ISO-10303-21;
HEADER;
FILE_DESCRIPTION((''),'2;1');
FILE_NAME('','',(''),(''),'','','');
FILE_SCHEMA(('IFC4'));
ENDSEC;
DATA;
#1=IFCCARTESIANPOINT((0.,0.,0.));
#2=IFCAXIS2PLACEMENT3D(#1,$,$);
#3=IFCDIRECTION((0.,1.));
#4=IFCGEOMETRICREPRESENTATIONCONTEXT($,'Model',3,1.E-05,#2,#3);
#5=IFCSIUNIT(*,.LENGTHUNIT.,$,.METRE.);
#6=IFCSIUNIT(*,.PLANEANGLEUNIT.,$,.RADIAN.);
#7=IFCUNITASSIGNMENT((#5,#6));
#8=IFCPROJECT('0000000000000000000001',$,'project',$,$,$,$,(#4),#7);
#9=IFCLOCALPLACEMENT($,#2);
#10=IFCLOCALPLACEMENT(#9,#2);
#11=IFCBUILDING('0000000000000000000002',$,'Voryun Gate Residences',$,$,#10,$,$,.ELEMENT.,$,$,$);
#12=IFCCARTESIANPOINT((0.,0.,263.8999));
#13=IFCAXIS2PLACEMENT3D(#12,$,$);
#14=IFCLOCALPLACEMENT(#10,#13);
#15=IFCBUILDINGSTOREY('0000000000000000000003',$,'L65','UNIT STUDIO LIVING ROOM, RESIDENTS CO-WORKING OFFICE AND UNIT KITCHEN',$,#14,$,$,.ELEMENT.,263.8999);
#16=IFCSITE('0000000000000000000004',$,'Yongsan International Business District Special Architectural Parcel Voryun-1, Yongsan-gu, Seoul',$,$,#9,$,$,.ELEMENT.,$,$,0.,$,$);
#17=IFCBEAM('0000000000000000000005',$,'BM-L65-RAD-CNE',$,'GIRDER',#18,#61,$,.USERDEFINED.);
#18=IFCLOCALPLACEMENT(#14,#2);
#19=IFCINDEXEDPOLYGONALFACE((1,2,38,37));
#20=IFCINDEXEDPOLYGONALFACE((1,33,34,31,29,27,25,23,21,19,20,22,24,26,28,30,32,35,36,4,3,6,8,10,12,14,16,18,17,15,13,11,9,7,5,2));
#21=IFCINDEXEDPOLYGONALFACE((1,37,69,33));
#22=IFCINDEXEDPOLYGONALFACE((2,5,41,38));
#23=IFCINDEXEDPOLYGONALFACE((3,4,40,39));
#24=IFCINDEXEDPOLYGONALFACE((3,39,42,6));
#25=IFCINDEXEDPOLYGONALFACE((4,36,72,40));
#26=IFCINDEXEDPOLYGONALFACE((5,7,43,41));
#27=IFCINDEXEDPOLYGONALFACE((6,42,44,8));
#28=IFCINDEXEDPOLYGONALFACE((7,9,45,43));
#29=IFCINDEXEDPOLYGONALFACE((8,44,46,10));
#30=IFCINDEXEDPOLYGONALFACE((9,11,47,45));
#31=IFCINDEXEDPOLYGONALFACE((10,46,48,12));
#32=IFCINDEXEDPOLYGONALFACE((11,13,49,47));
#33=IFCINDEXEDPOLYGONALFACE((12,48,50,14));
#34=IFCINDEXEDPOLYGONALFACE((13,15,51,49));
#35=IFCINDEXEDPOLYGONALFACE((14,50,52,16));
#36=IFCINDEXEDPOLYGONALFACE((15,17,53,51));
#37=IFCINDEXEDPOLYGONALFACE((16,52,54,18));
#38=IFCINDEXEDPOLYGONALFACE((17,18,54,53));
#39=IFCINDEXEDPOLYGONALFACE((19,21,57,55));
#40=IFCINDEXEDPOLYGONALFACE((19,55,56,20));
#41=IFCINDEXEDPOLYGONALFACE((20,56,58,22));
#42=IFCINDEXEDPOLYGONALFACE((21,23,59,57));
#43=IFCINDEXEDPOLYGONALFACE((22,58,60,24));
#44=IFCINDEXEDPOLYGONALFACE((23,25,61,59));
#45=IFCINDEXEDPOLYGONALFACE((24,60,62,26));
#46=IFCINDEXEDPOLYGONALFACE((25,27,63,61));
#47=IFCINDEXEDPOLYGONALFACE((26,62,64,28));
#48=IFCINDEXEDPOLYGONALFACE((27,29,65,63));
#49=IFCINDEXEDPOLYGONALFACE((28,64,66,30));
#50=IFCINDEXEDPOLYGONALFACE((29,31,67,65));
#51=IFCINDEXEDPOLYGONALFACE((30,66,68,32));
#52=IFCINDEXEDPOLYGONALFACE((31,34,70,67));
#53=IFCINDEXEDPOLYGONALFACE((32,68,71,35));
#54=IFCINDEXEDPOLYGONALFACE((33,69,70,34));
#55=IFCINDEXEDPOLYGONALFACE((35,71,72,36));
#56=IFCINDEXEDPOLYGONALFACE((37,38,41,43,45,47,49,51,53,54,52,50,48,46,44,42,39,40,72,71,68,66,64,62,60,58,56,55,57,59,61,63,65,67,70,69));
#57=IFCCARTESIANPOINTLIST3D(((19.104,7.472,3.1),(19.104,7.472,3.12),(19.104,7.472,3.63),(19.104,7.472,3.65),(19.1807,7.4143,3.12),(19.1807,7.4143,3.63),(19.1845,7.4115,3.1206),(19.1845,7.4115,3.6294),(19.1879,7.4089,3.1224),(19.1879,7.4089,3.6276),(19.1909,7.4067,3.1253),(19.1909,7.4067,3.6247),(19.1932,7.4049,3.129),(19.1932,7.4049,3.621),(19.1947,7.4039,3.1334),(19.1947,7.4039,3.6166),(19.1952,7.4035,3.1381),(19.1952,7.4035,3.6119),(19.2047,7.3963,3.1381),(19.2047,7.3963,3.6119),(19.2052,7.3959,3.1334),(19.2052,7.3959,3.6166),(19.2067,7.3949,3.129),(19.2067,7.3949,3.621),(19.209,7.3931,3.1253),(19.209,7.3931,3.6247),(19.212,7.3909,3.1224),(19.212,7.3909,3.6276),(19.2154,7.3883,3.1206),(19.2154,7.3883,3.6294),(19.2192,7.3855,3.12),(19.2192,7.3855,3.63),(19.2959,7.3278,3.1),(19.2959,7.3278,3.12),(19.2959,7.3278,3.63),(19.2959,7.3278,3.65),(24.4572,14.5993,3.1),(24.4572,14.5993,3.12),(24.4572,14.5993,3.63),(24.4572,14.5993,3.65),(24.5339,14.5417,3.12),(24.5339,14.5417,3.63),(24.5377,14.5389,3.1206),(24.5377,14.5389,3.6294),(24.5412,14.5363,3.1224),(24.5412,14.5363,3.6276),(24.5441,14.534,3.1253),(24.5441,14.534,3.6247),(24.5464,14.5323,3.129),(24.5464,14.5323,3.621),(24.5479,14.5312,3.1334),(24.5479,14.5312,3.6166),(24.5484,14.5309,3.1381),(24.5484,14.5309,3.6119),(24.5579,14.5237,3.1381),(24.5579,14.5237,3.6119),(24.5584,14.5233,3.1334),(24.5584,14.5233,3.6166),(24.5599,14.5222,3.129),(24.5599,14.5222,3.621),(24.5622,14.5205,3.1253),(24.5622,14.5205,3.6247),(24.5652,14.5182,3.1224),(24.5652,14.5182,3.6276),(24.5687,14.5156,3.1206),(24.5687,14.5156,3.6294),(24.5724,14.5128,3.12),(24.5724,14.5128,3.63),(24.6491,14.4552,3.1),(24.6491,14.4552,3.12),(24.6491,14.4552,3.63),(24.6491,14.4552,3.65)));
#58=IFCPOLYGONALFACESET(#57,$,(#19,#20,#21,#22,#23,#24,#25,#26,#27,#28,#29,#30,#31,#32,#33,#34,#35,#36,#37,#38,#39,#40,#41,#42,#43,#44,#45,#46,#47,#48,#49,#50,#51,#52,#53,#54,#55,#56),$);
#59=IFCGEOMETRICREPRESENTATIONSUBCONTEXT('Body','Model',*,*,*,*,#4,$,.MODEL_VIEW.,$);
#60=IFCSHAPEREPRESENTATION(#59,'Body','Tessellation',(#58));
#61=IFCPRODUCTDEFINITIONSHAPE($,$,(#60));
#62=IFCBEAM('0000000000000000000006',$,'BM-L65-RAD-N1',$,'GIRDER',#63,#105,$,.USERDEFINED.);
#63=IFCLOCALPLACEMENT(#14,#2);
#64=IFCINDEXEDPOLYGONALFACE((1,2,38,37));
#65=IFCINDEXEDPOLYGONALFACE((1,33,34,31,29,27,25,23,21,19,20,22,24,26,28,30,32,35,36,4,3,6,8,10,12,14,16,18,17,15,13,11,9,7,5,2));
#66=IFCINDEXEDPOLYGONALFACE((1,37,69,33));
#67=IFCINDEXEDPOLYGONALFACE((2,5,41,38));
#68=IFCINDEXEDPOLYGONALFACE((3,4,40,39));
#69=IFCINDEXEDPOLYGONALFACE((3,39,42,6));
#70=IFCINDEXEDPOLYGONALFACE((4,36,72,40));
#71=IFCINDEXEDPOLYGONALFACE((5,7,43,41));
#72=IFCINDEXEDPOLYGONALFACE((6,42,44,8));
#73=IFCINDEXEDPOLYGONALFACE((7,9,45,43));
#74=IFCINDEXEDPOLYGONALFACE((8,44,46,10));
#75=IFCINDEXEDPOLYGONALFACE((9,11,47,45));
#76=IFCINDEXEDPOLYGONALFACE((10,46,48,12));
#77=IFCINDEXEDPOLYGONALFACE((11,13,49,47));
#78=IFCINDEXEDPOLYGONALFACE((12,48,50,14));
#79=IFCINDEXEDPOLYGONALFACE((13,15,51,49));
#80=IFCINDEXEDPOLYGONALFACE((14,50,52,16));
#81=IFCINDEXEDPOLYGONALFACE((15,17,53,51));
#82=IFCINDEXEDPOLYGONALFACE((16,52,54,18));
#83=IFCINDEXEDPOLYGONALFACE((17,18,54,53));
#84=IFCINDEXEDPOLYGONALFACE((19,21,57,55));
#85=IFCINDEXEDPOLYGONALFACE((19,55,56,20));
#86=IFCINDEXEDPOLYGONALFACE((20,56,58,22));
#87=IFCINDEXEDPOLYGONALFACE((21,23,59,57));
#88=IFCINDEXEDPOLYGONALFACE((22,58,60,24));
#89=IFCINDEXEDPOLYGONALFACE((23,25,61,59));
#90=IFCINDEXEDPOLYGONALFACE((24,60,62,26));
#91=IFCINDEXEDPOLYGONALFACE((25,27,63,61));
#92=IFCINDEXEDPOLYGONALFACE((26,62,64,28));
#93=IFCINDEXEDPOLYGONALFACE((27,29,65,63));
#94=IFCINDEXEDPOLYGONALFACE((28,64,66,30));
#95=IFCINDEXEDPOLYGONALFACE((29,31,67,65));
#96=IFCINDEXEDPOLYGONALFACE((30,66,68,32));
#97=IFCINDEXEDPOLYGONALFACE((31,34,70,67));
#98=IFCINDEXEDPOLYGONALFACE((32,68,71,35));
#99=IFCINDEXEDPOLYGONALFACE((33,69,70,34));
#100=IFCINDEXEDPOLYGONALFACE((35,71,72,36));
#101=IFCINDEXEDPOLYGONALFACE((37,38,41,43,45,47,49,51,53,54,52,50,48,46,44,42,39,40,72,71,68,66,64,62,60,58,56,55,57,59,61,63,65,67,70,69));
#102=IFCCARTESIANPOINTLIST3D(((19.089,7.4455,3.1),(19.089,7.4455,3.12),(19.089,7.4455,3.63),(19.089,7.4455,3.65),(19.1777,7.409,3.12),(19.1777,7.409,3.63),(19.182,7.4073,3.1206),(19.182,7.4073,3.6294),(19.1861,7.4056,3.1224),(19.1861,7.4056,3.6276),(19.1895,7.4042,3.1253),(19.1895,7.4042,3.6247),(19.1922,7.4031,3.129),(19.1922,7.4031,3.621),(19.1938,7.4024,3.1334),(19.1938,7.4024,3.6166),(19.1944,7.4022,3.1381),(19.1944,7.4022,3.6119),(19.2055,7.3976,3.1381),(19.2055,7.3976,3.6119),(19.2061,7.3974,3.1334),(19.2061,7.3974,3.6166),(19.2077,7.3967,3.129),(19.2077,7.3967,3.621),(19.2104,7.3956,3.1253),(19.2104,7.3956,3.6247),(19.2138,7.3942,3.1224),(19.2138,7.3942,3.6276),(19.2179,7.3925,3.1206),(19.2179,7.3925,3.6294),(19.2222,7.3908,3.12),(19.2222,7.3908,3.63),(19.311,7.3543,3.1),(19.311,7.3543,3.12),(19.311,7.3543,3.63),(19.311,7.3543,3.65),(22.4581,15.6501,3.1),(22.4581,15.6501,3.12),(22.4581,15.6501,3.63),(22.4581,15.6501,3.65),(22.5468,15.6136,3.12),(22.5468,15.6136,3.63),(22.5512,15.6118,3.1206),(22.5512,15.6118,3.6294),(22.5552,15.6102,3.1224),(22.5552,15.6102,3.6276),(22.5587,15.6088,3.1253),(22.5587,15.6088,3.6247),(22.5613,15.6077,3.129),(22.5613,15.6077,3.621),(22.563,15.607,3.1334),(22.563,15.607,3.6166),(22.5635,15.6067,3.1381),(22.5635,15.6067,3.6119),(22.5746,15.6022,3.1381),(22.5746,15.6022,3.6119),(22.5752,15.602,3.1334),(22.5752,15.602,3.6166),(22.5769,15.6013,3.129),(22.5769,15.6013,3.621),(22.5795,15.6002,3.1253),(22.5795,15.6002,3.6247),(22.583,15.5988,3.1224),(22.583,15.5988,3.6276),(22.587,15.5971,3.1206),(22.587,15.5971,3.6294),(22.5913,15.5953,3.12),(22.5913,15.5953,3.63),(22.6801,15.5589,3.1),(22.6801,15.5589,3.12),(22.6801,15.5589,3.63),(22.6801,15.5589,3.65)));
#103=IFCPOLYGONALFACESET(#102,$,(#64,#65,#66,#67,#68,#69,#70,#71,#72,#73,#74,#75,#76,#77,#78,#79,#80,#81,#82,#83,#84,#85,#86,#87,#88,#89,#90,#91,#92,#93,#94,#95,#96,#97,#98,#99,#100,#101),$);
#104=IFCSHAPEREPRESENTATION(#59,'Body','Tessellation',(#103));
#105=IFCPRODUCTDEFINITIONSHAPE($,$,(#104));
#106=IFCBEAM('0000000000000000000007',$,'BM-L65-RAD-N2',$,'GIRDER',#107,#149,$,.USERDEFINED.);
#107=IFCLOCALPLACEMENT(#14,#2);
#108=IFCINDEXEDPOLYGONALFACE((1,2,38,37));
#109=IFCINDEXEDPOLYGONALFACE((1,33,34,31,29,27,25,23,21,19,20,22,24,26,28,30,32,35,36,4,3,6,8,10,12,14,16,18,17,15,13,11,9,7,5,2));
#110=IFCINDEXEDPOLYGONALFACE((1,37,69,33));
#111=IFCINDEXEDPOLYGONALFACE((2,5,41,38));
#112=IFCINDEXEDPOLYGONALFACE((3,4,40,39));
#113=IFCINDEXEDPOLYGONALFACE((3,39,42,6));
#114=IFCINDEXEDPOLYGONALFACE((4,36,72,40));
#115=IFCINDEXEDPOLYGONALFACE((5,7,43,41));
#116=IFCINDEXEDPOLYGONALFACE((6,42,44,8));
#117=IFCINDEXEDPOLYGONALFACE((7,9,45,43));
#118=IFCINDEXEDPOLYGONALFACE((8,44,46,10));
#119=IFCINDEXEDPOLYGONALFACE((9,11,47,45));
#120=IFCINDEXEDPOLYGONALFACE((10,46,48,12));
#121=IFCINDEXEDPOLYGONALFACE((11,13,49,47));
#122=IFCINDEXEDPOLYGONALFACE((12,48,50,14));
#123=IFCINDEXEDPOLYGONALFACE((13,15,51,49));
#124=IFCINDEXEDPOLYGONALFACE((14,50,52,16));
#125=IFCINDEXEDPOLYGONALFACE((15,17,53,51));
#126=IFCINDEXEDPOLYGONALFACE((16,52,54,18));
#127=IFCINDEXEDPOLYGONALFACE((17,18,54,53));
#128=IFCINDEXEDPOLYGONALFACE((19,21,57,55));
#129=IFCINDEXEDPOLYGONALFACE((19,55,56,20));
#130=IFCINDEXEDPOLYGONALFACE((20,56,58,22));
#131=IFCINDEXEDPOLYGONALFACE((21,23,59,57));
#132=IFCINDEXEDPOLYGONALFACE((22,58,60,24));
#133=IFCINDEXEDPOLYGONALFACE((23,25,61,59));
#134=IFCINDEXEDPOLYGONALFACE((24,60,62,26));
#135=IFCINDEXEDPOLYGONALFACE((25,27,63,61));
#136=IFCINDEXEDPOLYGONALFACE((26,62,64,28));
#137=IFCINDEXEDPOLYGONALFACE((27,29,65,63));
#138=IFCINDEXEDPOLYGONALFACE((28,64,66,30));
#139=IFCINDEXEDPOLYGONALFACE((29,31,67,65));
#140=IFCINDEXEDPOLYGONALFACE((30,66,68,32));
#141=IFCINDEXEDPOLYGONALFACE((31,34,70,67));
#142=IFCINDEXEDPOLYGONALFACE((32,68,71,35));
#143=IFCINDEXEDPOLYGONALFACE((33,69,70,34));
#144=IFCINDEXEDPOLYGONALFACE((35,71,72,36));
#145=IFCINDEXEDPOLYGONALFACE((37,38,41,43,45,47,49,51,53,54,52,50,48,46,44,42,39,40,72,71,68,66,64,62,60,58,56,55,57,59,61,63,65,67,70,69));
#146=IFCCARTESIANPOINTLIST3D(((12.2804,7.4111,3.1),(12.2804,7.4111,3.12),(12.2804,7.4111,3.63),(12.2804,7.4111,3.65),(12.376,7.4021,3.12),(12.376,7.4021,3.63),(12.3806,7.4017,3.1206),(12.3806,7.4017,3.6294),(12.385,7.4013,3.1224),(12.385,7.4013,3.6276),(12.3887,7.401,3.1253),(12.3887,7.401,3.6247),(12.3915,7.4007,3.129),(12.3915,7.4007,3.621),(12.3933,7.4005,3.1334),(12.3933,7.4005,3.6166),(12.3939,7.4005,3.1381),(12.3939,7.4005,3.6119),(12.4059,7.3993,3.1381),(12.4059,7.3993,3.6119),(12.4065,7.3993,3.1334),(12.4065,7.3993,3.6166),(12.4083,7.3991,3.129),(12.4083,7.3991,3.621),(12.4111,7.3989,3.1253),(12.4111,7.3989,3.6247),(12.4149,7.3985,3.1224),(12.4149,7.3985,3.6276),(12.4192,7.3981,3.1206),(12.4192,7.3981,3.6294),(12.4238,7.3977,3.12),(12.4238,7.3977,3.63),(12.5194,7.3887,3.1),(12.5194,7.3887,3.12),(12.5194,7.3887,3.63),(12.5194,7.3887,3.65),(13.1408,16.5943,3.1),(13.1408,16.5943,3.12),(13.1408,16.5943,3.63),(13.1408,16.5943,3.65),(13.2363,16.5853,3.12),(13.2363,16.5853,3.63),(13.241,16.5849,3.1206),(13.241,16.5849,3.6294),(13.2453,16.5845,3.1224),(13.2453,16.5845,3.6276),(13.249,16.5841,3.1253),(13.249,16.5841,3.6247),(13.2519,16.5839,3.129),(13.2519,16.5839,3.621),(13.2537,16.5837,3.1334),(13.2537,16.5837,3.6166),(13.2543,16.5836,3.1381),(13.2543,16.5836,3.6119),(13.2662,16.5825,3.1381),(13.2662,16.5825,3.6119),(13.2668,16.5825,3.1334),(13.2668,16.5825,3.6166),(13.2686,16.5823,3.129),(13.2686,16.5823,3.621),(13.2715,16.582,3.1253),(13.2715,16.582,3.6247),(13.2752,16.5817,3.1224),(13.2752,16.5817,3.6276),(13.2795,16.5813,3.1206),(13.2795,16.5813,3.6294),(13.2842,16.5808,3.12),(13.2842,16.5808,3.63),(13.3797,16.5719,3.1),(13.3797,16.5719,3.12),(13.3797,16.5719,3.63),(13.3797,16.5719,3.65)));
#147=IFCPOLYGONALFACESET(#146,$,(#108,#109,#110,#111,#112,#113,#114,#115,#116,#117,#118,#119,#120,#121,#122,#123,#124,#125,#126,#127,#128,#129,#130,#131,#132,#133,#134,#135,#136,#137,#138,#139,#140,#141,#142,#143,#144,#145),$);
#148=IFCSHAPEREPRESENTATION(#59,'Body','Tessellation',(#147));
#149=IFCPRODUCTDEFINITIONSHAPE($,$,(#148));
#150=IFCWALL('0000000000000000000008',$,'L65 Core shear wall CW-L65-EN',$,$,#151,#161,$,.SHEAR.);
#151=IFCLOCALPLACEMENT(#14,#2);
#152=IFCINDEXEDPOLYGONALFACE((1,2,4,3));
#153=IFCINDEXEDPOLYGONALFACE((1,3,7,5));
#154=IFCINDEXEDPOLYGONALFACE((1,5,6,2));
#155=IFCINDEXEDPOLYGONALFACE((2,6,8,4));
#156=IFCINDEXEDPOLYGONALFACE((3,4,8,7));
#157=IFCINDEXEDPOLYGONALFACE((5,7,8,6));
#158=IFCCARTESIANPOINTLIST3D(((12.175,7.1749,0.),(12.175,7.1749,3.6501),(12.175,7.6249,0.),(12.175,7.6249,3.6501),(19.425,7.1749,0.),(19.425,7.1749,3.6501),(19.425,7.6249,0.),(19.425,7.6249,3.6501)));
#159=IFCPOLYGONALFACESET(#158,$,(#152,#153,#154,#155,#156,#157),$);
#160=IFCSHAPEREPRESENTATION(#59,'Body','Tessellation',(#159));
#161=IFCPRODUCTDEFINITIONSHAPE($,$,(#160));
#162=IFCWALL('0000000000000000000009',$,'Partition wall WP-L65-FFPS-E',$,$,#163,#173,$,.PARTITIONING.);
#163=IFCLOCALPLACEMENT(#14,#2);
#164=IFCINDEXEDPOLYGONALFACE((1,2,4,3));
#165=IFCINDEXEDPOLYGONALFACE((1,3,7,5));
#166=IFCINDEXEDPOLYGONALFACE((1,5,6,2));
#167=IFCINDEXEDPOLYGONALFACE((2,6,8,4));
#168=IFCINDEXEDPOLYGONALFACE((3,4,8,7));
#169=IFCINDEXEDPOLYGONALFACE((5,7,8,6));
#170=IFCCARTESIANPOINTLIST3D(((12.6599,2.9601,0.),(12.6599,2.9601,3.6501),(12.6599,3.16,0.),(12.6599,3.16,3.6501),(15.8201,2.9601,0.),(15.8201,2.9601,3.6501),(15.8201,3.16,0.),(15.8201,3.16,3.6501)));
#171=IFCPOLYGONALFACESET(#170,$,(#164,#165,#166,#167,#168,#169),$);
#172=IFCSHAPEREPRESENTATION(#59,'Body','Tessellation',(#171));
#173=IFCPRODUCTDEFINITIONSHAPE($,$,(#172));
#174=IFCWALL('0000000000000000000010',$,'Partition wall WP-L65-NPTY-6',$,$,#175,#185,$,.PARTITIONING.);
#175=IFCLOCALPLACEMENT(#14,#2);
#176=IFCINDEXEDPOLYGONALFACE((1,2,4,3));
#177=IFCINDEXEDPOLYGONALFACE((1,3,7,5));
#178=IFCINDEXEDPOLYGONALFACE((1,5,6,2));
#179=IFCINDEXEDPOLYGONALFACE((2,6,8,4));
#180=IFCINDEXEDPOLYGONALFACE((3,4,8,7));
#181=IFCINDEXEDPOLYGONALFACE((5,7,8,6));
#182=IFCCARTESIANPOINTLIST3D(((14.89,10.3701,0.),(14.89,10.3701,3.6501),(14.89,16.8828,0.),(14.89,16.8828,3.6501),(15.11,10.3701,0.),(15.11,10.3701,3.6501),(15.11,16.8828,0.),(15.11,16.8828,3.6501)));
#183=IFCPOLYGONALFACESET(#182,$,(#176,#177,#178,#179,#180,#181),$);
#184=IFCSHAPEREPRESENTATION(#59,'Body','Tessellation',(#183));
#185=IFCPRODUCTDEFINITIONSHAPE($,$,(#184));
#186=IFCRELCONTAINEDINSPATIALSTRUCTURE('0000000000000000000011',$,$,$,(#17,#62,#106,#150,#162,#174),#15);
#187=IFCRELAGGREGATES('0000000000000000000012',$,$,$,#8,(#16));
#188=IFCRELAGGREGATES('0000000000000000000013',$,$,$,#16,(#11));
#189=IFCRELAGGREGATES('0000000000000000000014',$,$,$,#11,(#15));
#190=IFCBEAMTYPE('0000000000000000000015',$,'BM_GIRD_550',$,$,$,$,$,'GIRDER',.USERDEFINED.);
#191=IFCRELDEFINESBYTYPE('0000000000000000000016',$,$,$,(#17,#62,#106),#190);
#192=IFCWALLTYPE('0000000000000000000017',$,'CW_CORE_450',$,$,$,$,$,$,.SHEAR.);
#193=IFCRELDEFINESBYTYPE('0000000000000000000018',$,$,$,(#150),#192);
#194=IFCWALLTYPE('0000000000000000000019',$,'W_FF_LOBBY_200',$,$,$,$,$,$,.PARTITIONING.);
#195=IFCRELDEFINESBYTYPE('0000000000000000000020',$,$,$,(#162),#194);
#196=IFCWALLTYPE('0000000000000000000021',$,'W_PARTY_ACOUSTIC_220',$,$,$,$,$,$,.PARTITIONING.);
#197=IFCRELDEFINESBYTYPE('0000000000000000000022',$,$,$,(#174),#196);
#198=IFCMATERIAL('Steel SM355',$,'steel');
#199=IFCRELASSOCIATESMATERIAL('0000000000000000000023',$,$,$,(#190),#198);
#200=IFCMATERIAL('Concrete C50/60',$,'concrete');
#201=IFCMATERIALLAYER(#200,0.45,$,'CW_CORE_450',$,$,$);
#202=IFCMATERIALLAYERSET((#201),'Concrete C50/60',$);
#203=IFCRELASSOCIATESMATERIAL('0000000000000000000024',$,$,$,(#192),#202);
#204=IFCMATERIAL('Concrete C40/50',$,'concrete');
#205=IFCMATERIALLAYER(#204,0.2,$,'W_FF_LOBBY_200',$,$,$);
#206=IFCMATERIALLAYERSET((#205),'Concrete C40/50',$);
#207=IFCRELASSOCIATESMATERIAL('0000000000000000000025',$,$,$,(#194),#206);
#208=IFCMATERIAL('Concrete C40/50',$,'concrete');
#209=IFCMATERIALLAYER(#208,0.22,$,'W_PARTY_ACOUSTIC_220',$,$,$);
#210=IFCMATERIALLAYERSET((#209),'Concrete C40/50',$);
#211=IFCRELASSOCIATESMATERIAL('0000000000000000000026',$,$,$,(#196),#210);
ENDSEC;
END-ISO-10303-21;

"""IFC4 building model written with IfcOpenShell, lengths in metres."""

from ifc_helpers import new_model, si_unit, direction, frame, frame_2d, origin, origin_2d, place, context, subcontext, project, spatial, rectangle, i_section, extrude, material, layer, layer_set, material_profile, profile_set, type_object, element, save


model = new_model("IFC4")

# Units and contexts
model_context = context("Model", 3, precision=1e-05, world=origin(), true_north=direction((0.0, 1.0)))
body_context = subcontext(model_context, "Body", "Model", "MODEL_VIEW")
ifc_project = project(units=[si_unit("LENGTHUNIT", "METRE"), si_unit("PLANEANGLEUNIT", "RADIAN")], contexts=[model_context])

# Site, building, storey
site_placement = place(None, origin())
site = spatial("IfcSite", under=ifc_project, at=site_placement, Name="Yongsan International Business District Special Architectural Parcel Voryun-1, Yongsan-gu, Seoul", CompositionType="ELEMENT", RefElevation=0.0)
building_placement = place(site_placement, origin())
building = spatial("IfcBuilding", under=site, at=building_placement, Name="Voryun Gate Residences", CompositionType="ELEMENT")
storey_placement = place(building_placement, frame((0.0, 0.0, 263.8999)))
storey = spatial("IfcBuildingStorey", under=building, at=storey_placement, Name="L65", Description="UNIT STUDIO LIVING ROOM, RESIDENTS CO-WORKING OFFICE AND UNIT KITCHEN", CompositionType="ELEMENT", Elevation=263.8999)

# Beams
ifc_material_1 = material(Name="Steel SM355", Category="steel")
ifc_material_profile_1 = material_profile(ifc_material_1, i_section(OverallWidth=0.24, OverallDepth=0.55, WebThickness=0.012, FlangeThickness=0.02, FilletRadius=0.0181, at=origin_2d()), Name="H-550x240x12x20")
ifc_profile_set_1 = profile_set([ifc_material_profile_1], Name="Steel SM355")
beam_type_1 = type_object("IfcBeamType", Name="BM_GIRD_550", ElementType="GIRDER", PredefinedType="USERDEFINED", material=ifc_profile_set_1)
beam_1_placement = place(storey_placement, frame((19.2, 7.3999, 3.375), z_axis=(0.600552, 0.799586, 0.0), x_axis=(-0.799586, 0.600552, 0.0)))
element("IfcBeam", 1, at=beam_1_placement, inside=storey, type_object=beam_type_1, Name="BM-L65-RAD-CNE", ObjectType="GIRDER", PredefinedType="USERDEFINED", context=body_context, shape_type="SweptSolid", body=[
    extrude(i_section(OverallWidth=0.24, OverallDepth=0.55, WebThickness=0.012, FlangeThickness=0.02, FilletRadius=0.0181, at=origin_2d()), origin(), (0.0, 0.0, 1.0), 8.9138),
])
beam_2_placement = place(storey_placement, frame((19.2, 7.3999, 3.375), z_axis=(0.379861, 0.925044, 0.0), x_axis=(-0.925044, 0.379861, 0.0)))
element("IfcBeam", 2, at=beam_2_placement, inside=storey, type_object=beam_type_1, Name="BM-L65-RAD-N1", ObjectType="GIRDER", PredefinedType="USERDEFINED", context=body_context, shape_type="SweptSolid", body=[
    extrude(i_section(OverallWidth=0.24, OverallDepth=0.55, WebThickness=0.012, FlangeThickness=0.02, FilletRadius=0.0181, at=origin_2d()), origin(), (0.0, 0.0, 1.0), 8.8694),
])
beam_3_placement = place(storey_placement, frame((12.3999, 7.3999, 3.375), z_axis=(0.09328, 0.99564, 0.0), x_axis=(-0.99564, 0.09328, 0.0)))
element("IfcBeam", 3, at=beam_3_placement, inside=storey, type_object=beam_type_1, Name="BM-L65-RAD-N2", ObjectType="GIRDER", PredefinedType="USERDEFINED", context=body_context, shape_type="SweptSolid", body=[
    extrude(i_section(OverallWidth=0.24, OverallDepth=0.55, WebThickness=0.012, FlangeThickness=0.02, FilletRadius=0.0181, at=origin_2d()), origin(), (0.0, 0.0, 1.0), 9.2234),
])

# Walls
ifc_material_2 = material(Name="Concrete C50/60", Category="concrete")
ifc_layer_1 = layer(ifc_material_2, 0.45, Name="CW_CORE_450")
ifc_layer_set_1 = layer_set([ifc_layer_1], Name="Concrete C50/60")
wall_type_1 = type_object("IfcWallType", Name="CW_CORE_450", PredefinedType="SHEAR", material=ifc_layer_set_1)
wall_1_placement = place(storey_placement, frame((12.175, 7.3999, 0.0), z_axis=(0.0, 0.0, 1.0), x_axis=(1.0, 0.0, 0.0)))
element("IfcWall", 4, at=wall_1_placement, inside=storey, type_object=wall_type_1, Name="L65 Core shear wall CW-L65-EN", PredefinedType="SHEAR", context=body_context, shape_type="SweptSolid", body=[
    extrude(rectangle(XDim=7.25, YDim=0.45, at=frame_2d((3.625, 0.0))), origin(), (0.0, 0.0, 1.0), 3.6501),
])
ifc_material_3 = material(Name="Concrete C40/50", Category="concrete")
ifc_layer_2 = layer(ifc_material_3, 0.2, Name="W_FF_LOBBY_200")
ifc_layer_set_2 = layer_set([ifc_layer_2], Name="Concrete C40/50")
wall_type_2 = type_object("IfcWallType", Name="W_FF_LOBBY_200", PredefinedType="PARTITIONING", material=ifc_layer_set_2)
wall_2_placement = place(storey_placement, frame((12.6599, 3.0601, 0.0), z_axis=(0.0, 0.0, 1.0), x_axis=(1.0, 0.0, 0.0)))
element("IfcWall", 5, at=wall_2_placement, inside=storey, type_object=wall_type_2, Name="Partition wall WP-L65-FFPS-E", PredefinedType="PARTITIONING", context=body_context, shape_type="SweptSolid", body=[
    extrude(rectangle(XDim=3.1602, YDim=0.2, at=frame_2d((1.5801, 0.0))), origin(), (0.0, 0.0, 1.0), 3.6501),
])
ifc_material_4 = material(Name="Concrete C40/50", Category="concrete")
ifc_layer_3 = layer(ifc_material_4, 0.22, Name="W_PARTY_ACOUSTIC_220")
ifc_layer_set_3 = layer_set([ifc_layer_3], Name="Concrete C40/50")
wall_type_3 = type_object("IfcWallType", Name="W_PARTY_ACOUSTIC_220", PredefinedType="PARTITIONING", material=ifc_layer_set_3)
wall_3_placement = place(storey_placement, frame((15.0, 10.3701, 0.0), z_axis=(0.0, 0.0, 1.0), x_axis=(0.0, 1.0, 0.0)))
element("IfcWall", 6, at=wall_3_placement, inside=storey, type_object=wall_type_3, Name="Partition wall WP-L65-NPTY-6", PredefinedType="PARTITIONING", context=body_context, shape_type="SweptSolid", body=[
    extrude(rectangle(XDim=6.5127, YDim=0.22, at=frame_2d((3.2563, 0.0))), origin(), (0.0, 0.0, 1.0), 3.6501),
])

save(model, "model.ifc")
